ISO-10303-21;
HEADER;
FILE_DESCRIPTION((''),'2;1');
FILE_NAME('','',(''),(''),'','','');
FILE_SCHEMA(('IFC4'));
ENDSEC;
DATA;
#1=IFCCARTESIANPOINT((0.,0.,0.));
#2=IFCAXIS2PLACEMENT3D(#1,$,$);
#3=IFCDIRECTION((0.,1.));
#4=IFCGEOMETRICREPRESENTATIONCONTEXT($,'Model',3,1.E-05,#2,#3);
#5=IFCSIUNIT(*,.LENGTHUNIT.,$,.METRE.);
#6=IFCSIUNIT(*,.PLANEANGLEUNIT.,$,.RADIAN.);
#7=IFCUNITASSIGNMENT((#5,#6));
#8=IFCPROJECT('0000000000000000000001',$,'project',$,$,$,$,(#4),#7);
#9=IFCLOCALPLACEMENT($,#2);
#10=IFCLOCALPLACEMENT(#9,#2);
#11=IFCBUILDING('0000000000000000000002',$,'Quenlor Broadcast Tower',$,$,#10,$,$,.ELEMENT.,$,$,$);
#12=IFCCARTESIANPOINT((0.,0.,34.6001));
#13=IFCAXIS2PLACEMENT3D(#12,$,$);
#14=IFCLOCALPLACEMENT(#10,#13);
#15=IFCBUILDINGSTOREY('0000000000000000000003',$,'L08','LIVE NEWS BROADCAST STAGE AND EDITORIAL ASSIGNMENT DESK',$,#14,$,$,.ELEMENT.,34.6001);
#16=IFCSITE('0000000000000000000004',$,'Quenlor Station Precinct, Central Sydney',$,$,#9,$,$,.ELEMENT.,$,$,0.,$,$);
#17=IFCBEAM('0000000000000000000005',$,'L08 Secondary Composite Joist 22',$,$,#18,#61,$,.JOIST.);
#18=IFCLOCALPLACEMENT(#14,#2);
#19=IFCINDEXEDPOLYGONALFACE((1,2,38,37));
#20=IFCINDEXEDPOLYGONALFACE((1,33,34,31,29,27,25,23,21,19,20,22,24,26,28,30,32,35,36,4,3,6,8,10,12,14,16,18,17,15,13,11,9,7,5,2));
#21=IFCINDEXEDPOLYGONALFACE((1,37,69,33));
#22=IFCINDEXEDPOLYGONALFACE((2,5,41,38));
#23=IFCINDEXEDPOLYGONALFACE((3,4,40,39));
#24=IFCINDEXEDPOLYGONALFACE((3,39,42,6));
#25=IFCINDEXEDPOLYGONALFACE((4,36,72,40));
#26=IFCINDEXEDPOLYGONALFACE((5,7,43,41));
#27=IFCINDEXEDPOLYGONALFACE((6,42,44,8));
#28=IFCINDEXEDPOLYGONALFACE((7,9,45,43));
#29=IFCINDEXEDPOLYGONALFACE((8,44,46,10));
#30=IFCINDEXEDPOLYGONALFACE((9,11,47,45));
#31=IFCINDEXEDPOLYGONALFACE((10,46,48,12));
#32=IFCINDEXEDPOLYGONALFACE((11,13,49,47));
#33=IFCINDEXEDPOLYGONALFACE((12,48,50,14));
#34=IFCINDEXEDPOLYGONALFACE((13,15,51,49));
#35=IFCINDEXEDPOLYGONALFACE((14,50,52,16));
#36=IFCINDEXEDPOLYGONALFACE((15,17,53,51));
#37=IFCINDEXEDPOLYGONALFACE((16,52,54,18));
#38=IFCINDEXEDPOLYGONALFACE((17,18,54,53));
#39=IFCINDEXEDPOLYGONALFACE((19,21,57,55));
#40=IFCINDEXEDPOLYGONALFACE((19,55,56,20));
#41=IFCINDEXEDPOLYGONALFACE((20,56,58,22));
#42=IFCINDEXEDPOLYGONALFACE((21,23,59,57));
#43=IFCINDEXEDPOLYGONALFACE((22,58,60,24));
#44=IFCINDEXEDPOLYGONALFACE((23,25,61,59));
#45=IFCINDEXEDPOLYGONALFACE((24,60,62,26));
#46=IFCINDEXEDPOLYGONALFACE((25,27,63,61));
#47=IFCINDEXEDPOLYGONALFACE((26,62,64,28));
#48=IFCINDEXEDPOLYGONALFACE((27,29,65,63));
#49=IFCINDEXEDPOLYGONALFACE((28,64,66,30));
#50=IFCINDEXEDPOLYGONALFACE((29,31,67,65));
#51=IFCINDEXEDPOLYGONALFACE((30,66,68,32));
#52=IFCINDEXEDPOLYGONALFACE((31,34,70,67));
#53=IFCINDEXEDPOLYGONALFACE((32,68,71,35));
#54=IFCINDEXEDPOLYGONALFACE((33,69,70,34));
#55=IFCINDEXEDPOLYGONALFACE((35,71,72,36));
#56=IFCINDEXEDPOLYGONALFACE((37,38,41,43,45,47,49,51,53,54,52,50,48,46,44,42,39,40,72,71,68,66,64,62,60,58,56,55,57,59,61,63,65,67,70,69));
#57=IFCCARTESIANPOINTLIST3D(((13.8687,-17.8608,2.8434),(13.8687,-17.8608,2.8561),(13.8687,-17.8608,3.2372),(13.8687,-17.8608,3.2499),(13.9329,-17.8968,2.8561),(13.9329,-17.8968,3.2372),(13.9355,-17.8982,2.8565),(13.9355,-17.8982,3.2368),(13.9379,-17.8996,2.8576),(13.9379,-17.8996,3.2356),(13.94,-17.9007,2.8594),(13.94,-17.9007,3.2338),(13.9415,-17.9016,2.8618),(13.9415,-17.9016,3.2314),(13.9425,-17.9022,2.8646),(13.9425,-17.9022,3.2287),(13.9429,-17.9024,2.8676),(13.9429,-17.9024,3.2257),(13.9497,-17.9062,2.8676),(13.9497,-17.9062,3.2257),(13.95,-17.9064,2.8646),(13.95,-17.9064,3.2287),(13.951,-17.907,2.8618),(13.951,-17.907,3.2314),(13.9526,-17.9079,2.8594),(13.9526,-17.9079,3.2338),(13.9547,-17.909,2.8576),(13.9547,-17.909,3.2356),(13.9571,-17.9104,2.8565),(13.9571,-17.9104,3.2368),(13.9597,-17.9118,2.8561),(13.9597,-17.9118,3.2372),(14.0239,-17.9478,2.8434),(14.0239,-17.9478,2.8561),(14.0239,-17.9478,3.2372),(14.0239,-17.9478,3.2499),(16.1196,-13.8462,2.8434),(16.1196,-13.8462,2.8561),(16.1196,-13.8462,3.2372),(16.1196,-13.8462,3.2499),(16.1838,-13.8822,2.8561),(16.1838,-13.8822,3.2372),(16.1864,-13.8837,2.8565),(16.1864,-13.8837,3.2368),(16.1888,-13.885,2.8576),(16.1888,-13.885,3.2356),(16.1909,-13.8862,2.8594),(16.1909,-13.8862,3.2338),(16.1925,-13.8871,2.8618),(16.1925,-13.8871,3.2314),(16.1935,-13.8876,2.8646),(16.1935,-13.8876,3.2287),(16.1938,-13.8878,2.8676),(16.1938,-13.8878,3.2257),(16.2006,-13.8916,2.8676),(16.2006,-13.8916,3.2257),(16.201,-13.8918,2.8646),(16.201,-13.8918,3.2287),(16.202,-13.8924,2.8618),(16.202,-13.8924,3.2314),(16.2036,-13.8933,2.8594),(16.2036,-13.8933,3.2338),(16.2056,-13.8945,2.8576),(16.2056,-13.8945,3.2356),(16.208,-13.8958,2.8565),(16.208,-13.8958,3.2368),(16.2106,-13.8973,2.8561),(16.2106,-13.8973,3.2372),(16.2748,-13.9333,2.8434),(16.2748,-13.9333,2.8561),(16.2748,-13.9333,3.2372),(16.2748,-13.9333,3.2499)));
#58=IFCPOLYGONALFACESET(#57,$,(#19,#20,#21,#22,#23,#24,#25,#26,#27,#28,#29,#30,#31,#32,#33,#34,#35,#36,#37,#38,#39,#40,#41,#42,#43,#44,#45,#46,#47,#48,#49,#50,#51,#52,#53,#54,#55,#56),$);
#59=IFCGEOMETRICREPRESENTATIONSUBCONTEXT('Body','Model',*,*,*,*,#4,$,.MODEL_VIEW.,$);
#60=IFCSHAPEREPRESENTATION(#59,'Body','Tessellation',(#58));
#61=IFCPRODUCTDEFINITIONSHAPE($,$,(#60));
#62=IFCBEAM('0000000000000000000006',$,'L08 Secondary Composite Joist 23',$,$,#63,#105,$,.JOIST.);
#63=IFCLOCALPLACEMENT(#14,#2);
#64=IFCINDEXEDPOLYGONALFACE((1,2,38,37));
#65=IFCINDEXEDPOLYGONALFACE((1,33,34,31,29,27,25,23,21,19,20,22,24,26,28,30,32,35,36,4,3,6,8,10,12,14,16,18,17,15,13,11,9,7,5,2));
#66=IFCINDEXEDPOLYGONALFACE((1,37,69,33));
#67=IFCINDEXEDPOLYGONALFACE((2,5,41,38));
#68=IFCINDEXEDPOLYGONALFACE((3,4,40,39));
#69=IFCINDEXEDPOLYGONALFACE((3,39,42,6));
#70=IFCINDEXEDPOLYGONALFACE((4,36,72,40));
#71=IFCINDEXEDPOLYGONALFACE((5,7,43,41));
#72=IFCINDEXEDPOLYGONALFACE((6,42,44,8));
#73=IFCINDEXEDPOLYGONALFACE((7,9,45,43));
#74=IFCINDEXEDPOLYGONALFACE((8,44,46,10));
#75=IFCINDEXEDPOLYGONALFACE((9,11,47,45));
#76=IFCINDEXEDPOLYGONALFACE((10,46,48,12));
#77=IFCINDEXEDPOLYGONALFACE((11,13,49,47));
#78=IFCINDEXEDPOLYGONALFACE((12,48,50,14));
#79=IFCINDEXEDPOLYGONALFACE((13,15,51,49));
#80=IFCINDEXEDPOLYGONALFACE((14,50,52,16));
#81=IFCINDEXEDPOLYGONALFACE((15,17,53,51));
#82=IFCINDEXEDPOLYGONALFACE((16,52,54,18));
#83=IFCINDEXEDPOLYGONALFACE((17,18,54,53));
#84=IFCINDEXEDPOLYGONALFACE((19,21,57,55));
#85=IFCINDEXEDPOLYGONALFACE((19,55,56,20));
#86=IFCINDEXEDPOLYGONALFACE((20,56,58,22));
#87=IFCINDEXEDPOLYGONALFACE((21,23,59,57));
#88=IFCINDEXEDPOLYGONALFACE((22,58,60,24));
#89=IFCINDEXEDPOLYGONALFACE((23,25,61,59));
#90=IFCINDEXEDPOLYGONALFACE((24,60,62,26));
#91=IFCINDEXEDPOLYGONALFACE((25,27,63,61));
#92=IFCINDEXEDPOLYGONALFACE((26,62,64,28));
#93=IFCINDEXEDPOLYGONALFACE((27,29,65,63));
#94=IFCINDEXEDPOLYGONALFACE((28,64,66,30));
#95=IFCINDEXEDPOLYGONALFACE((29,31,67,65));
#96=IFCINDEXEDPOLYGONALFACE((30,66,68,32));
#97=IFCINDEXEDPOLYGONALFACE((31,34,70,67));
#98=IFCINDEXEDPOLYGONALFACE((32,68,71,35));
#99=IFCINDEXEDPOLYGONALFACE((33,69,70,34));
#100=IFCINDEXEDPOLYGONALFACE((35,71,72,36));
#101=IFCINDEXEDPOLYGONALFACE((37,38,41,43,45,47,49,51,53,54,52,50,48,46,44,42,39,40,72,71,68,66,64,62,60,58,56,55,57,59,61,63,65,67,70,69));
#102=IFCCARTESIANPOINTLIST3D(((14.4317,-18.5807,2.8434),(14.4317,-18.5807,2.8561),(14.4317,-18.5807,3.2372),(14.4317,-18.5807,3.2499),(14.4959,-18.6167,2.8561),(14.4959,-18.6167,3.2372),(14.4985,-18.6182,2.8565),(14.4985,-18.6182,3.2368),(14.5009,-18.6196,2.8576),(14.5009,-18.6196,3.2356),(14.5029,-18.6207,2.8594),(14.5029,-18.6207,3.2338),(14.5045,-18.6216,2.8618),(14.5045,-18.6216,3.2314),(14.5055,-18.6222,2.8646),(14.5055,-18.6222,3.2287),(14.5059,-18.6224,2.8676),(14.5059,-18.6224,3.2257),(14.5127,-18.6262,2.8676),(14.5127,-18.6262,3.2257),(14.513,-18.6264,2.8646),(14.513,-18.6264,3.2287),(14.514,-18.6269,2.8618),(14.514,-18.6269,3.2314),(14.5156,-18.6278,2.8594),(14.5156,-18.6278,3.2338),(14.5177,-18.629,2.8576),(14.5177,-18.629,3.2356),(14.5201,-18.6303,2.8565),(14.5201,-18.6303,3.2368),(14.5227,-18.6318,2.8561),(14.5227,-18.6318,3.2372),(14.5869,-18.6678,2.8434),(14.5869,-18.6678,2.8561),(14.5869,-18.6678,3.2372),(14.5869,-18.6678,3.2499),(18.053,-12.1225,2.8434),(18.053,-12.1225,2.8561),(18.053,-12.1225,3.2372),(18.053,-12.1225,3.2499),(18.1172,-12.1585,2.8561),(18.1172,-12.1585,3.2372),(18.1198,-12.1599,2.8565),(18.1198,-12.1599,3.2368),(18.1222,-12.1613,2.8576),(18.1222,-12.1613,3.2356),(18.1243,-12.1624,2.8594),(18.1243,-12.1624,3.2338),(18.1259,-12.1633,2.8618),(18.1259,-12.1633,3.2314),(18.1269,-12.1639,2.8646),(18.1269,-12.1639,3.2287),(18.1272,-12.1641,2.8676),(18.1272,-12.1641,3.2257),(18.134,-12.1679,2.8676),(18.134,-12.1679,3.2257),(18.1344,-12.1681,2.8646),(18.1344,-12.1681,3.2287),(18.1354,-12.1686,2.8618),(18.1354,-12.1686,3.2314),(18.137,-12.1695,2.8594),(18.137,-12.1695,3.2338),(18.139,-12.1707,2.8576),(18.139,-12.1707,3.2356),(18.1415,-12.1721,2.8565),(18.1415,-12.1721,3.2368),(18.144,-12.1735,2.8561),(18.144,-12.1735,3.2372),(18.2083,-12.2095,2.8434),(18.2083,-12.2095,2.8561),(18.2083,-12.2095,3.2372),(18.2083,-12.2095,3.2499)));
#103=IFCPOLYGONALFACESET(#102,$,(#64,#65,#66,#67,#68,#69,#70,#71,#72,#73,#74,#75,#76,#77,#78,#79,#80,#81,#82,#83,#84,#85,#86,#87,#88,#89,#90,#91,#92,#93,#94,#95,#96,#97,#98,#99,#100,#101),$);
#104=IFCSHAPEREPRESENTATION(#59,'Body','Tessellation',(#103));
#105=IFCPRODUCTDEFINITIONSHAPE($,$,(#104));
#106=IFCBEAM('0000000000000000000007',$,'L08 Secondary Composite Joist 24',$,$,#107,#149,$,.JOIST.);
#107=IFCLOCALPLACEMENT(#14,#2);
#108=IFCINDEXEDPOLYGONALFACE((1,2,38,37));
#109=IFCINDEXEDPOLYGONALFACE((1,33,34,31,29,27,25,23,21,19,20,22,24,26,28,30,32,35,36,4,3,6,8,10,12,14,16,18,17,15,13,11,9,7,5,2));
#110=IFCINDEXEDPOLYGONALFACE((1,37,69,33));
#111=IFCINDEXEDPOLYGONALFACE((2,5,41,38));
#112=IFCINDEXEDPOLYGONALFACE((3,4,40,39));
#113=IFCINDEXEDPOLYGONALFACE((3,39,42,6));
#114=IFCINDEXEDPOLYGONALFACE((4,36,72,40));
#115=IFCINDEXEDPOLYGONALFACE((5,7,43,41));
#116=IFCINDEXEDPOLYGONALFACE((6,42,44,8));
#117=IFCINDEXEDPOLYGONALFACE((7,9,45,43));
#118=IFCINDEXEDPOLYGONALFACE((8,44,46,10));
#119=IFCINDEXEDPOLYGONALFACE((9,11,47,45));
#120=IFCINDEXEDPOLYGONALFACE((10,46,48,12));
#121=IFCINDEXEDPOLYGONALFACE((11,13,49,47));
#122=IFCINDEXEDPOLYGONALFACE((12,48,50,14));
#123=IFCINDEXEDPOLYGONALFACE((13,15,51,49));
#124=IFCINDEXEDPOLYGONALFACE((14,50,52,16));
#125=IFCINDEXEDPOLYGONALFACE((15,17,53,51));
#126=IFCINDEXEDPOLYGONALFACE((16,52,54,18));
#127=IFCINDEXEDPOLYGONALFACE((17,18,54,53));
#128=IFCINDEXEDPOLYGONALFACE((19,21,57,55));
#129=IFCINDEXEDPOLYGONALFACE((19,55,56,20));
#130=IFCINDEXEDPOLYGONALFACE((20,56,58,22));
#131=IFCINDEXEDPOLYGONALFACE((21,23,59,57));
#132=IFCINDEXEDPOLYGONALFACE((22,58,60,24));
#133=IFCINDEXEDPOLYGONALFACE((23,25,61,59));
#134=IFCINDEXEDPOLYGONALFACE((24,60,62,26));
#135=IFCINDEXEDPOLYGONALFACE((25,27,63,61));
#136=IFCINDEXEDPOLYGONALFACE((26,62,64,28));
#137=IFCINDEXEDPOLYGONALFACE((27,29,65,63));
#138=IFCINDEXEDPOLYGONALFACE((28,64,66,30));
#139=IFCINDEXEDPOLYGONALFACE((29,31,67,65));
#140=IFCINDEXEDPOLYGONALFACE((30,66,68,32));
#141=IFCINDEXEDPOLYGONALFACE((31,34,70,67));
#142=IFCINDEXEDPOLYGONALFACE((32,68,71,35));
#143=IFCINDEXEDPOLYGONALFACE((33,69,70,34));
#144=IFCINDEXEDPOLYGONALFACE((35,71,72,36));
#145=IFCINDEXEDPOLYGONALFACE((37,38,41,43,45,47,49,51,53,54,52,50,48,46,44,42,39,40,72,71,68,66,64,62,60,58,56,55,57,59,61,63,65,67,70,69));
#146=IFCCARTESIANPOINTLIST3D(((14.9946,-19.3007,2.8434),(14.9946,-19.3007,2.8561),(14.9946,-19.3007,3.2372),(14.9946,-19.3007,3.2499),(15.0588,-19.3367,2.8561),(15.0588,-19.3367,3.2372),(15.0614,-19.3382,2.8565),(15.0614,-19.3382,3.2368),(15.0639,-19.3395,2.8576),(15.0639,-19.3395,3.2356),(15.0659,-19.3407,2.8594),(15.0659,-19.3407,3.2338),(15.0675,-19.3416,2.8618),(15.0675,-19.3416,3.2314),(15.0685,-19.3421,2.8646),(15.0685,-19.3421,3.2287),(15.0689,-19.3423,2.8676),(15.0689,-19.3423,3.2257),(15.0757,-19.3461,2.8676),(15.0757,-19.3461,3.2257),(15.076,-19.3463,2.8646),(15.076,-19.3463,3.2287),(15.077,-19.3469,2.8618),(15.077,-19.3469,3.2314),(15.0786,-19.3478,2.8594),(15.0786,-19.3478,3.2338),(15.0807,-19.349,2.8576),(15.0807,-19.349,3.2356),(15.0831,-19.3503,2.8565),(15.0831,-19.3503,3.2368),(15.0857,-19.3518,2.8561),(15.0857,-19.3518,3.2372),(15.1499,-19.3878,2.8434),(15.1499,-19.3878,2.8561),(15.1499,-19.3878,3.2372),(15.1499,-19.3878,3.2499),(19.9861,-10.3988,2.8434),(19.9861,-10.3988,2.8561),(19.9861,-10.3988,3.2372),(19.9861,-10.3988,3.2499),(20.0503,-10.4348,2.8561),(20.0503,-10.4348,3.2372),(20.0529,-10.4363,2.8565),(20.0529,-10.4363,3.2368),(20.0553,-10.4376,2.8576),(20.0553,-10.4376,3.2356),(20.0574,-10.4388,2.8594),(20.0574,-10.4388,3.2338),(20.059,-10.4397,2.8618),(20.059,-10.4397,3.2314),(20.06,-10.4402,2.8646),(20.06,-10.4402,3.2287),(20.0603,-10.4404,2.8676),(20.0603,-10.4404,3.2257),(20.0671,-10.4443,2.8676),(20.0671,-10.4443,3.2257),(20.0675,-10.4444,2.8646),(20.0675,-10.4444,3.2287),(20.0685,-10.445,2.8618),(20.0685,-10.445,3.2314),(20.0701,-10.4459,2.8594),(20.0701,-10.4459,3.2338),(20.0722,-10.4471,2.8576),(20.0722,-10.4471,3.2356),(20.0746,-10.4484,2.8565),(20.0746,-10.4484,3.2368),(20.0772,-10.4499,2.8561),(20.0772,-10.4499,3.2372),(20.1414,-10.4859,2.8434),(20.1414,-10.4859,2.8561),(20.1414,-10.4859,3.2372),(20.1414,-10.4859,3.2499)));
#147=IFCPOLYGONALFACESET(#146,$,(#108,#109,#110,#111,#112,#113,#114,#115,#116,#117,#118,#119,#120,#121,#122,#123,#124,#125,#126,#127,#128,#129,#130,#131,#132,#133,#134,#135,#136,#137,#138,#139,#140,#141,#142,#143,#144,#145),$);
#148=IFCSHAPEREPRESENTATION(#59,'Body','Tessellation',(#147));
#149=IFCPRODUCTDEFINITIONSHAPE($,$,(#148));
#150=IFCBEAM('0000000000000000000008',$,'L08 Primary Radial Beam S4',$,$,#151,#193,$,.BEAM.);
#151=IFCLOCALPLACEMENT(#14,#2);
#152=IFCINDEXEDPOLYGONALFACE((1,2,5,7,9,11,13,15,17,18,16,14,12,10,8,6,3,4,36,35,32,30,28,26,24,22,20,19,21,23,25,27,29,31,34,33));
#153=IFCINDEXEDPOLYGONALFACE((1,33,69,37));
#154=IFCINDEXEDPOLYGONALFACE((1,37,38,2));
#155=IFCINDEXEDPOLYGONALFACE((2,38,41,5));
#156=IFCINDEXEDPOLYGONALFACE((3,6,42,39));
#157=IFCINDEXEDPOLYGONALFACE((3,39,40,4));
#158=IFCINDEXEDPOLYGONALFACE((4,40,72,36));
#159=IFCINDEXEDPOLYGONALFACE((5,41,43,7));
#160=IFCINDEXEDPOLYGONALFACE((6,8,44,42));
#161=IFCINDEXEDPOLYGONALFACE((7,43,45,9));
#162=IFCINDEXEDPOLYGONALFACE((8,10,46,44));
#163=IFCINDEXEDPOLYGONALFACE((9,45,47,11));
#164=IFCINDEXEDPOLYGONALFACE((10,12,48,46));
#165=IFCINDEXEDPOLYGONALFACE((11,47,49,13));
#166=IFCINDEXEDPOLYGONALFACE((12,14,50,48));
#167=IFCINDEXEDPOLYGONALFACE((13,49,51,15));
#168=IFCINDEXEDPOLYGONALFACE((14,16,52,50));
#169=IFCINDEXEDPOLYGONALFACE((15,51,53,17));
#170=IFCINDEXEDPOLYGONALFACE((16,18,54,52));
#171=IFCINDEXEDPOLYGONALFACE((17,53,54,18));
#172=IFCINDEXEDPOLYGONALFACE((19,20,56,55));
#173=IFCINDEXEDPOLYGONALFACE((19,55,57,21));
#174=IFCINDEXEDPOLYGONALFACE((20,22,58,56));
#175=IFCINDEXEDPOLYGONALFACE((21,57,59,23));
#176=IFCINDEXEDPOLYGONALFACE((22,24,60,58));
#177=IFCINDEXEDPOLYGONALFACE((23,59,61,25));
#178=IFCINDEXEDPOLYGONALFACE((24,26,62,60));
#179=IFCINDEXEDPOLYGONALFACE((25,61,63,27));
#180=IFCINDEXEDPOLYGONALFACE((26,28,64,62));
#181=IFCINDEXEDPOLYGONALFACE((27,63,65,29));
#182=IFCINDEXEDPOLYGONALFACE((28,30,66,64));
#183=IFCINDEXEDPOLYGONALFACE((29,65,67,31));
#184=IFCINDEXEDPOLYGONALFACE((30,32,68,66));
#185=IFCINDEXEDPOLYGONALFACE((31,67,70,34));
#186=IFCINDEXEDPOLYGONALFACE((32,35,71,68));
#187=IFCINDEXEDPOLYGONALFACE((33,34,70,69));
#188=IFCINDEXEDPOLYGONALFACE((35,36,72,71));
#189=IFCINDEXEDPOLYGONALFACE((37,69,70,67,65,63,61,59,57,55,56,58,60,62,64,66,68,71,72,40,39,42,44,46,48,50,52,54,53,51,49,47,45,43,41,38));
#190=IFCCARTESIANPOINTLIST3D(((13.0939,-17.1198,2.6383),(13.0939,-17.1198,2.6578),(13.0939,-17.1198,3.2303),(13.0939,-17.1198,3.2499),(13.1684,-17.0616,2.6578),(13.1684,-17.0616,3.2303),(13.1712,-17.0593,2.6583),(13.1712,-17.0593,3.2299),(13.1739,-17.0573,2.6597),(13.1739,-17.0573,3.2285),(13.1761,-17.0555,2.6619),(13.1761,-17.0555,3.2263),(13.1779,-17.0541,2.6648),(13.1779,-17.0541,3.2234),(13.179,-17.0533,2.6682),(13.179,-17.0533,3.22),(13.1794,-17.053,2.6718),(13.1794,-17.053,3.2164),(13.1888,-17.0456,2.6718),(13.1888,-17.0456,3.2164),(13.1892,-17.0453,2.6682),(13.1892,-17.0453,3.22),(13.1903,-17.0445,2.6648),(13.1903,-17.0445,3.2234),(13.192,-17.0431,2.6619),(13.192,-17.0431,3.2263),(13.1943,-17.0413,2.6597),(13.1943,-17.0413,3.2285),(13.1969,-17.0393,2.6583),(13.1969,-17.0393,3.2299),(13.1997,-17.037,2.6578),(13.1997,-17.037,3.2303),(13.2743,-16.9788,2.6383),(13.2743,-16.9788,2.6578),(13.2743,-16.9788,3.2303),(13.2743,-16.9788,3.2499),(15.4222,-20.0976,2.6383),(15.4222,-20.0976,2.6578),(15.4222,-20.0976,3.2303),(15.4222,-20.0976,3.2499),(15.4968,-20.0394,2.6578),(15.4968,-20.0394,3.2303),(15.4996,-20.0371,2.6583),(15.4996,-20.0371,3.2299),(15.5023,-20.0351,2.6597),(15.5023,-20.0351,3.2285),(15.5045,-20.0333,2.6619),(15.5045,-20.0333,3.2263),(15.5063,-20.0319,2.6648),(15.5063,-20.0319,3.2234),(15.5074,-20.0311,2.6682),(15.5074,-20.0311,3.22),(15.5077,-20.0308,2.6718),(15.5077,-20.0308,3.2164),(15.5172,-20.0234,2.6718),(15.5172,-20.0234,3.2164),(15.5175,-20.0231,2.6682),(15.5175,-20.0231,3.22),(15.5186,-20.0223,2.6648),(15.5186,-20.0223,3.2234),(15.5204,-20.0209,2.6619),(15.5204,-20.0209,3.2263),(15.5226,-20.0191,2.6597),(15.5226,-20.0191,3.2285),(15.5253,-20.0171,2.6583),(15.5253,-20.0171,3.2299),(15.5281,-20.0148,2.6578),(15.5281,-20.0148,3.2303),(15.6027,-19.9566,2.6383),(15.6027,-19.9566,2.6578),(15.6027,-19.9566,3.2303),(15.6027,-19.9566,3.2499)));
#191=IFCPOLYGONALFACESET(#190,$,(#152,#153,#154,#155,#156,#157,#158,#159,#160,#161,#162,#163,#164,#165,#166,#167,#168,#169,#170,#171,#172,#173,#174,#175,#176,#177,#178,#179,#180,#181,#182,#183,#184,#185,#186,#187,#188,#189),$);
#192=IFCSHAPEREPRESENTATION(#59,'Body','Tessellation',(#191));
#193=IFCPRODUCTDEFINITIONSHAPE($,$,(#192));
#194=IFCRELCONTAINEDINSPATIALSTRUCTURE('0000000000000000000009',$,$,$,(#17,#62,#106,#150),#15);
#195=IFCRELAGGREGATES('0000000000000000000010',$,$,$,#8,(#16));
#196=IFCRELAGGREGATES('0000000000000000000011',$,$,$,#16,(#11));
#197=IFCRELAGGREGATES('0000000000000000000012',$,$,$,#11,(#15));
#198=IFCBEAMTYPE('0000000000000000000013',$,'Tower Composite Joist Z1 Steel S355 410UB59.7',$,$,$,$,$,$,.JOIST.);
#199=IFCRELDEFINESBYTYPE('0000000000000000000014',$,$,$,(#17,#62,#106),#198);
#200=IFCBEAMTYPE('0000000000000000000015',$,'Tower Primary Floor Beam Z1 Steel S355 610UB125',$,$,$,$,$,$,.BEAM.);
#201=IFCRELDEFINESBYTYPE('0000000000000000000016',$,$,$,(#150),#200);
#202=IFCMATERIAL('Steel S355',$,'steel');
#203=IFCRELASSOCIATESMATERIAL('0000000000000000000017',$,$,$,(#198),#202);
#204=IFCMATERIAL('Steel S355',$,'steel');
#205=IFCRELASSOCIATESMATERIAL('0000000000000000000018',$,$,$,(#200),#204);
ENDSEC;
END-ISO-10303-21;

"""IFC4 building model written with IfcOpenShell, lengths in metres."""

from ifc_helpers import new_model, si_unit, direction, frame, origin, origin_2d, place, context, subcontext, project, spatial, i_section, extrude, material, material_profile, profile_set, type_object, element, save


model = new_model("IFC4")

# Units and contexts
model_context = context("Model", 3, precision=1e-05, world=origin(), true_north=direction((0.0, 1.0)))
body_context = subcontext(model_context, "Body", "Model", "MODEL_VIEW")
ifc_project = project(units=[si_unit("LENGTHUNIT", "METRE"), si_unit("PLANEANGLEUNIT", "RADIAN")], contexts=[model_context])

# Site, building, storey
site_placement = place(None, origin())
site = spatial("IfcSite", under=ifc_project, at=site_placement, Name="Quenlor Station Precinct, Central Sydney", CompositionType="ELEMENT", RefElevation=0.0)
building_placement = place(site_placement, origin())
building = spatial("IfcBuilding", under=site, at=building_placement, Name="Quenlor Broadcast Tower", CompositionType="ELEMENT")
storey_placement = place(building_placement, frame((0.0, 0.0, 34.6001)))
storey = spatial("IfcBuildingStorey", under=building, at=storey_placement, Name="L08", Description="LIVE NEWS BROADCAST STAGE AND EDITORIAL ASSIGNMENT DESK", CompositionType="ELEMENT", Elevation=34.6001)

# Beams
ifc_material_1 = material(Name="Steel S355", Category="steel")
ifc_material_profile_1 = material_profile(ifc_material_1, i_section(OverallWidth=0.178, OverallDepth=0.4065, WebThickness=0.0078, FlangeThickness=0.0127, FilletRadius=0.0115, at=origin_2d()))
ifc_profile_set_1 = profile_set([ifc_material_profile_1], Name="Steel S355 410UB59.7")
beam_type_1 = type_object("IfcBeamType", Name="Tower Composite Joist Z1 Steel S355 410UB59.7", PredefinedType="JOIST", material=ifc_profile_set_1)
beam_1_placement = place(storey_placement, frame((13.9463, -17.9043, 3.0466), z_axis=(0.489062, 0.872249, 0.0), x_axis=(-0.872249, 0.489062, 0.0)))
element("IfcBeam", 1, at=beam_1_placement, inside=storey, type_object=beam_type_1, Name="L08 Secondary Composite Joist 22", PredefinedType="JOIST", context=body_context, shape_type="SweptSolid", body=[
    extrude(i_section(OverallWidth=0.178, OverallDepth=0.4065, WebThickness=0.0078, FlangeThickness=0.0127, FilletRadius=0.0115, at=origin_2d()), origin(), (0.0, 0.0, 1.0), 4.6025),
])
beam_2_placement = place(storey_placement, frame((14.5093, -18.6243, 3.0466), z_axis=(0.489088, 0.872234, 0.0), x_axis=(-0.872234, 0.489088, 0.0)))
element("IfcBeam", 2, at=beam_2_placement, inside=storey, type_object=beam_type_1, Name="L08 Secondary Composite Joist 23", PredefinedType="JOIST", context=body_context, shape_type="SweptSolid", body=[
    extrude(i_section(OverallWidth=0.178, OverallDepth=0.4065, WebThickness=0.0078, FlangeThickness=0.0127, FilletRadius=0.0115, at=origin_2d()), origin(), (0.0, 0.0, 1.0), 7.4043),
])
beam_3_placement = place(storey_placement, frame((15.0723, -19.3442, 3.0466), z_axis=(0.489082, 0.872238, 0.0), x_axis=(-0.872238, 0.489082, 0.0)))
element("IfcBeam", 3, at=beam_3_placement, inside=storey, type_object=beam_type_1, Name="L08 Secondary Composite Joist 24", PredefinedType="JOIST", context=body_context, shape_type="SweptSolid", body=[
    extrude(i_section(OverallWidth=0.178, OverallDepth=0.4065, WebThickness=0.0078, FlangeThickness=0.0127, FilletRadius=0.0115, at=origin_2d()), origin(), (0.0, 0.0, 1.0), 10.2058),
])
ifc_material_2 = material(Name="Steel S355", Category="steel")
ifc_material_profile_2 = material_profile(ifc_material_2, i_section(OverallWidth=0.229, OverallDepth=0.6116, WebThickness=0.012, FlangeThickness=0.0195, FilletRadius=0.0139, at=origin_2d()))
ifc_profile_set_2 = profile_set([ifc_material_profile_2], Name="Steel S355 610UB125")
beam_type_2 = type_object("IfcBeamType", Name="Tower Primary Floor Beam Z1 Steel S355 610UB125", PredefinedType="BEAM", material=ifc_profile_set_2)
beam_4_placement = place(storey_placement, frame((15.5125, -20.0271, 2.9441), z_axis=(-0.615969, 0.787771, 0.0), x_axis=(-0.787771, -0.615969, 0.0)))
element("IfcBeam", 4, at=beam_4_placement, inside=storey, type_object=beam_type_2, Name="L08 Primary Radial Beam S4", PredefinedType="BEAM", context=body_context, shape_type="SweptSolid", body=[
    extrude(i_section(OverallWidth=0.229, OverallDepth=0.6116, WebThickness=0.012, FlangeThickness=0.0195, FilletRadius=0.0139, at=origin_2d()), origin(), (0.0, 0.0, 1.0), 3.78),
])

save(model, "model.ifc")
